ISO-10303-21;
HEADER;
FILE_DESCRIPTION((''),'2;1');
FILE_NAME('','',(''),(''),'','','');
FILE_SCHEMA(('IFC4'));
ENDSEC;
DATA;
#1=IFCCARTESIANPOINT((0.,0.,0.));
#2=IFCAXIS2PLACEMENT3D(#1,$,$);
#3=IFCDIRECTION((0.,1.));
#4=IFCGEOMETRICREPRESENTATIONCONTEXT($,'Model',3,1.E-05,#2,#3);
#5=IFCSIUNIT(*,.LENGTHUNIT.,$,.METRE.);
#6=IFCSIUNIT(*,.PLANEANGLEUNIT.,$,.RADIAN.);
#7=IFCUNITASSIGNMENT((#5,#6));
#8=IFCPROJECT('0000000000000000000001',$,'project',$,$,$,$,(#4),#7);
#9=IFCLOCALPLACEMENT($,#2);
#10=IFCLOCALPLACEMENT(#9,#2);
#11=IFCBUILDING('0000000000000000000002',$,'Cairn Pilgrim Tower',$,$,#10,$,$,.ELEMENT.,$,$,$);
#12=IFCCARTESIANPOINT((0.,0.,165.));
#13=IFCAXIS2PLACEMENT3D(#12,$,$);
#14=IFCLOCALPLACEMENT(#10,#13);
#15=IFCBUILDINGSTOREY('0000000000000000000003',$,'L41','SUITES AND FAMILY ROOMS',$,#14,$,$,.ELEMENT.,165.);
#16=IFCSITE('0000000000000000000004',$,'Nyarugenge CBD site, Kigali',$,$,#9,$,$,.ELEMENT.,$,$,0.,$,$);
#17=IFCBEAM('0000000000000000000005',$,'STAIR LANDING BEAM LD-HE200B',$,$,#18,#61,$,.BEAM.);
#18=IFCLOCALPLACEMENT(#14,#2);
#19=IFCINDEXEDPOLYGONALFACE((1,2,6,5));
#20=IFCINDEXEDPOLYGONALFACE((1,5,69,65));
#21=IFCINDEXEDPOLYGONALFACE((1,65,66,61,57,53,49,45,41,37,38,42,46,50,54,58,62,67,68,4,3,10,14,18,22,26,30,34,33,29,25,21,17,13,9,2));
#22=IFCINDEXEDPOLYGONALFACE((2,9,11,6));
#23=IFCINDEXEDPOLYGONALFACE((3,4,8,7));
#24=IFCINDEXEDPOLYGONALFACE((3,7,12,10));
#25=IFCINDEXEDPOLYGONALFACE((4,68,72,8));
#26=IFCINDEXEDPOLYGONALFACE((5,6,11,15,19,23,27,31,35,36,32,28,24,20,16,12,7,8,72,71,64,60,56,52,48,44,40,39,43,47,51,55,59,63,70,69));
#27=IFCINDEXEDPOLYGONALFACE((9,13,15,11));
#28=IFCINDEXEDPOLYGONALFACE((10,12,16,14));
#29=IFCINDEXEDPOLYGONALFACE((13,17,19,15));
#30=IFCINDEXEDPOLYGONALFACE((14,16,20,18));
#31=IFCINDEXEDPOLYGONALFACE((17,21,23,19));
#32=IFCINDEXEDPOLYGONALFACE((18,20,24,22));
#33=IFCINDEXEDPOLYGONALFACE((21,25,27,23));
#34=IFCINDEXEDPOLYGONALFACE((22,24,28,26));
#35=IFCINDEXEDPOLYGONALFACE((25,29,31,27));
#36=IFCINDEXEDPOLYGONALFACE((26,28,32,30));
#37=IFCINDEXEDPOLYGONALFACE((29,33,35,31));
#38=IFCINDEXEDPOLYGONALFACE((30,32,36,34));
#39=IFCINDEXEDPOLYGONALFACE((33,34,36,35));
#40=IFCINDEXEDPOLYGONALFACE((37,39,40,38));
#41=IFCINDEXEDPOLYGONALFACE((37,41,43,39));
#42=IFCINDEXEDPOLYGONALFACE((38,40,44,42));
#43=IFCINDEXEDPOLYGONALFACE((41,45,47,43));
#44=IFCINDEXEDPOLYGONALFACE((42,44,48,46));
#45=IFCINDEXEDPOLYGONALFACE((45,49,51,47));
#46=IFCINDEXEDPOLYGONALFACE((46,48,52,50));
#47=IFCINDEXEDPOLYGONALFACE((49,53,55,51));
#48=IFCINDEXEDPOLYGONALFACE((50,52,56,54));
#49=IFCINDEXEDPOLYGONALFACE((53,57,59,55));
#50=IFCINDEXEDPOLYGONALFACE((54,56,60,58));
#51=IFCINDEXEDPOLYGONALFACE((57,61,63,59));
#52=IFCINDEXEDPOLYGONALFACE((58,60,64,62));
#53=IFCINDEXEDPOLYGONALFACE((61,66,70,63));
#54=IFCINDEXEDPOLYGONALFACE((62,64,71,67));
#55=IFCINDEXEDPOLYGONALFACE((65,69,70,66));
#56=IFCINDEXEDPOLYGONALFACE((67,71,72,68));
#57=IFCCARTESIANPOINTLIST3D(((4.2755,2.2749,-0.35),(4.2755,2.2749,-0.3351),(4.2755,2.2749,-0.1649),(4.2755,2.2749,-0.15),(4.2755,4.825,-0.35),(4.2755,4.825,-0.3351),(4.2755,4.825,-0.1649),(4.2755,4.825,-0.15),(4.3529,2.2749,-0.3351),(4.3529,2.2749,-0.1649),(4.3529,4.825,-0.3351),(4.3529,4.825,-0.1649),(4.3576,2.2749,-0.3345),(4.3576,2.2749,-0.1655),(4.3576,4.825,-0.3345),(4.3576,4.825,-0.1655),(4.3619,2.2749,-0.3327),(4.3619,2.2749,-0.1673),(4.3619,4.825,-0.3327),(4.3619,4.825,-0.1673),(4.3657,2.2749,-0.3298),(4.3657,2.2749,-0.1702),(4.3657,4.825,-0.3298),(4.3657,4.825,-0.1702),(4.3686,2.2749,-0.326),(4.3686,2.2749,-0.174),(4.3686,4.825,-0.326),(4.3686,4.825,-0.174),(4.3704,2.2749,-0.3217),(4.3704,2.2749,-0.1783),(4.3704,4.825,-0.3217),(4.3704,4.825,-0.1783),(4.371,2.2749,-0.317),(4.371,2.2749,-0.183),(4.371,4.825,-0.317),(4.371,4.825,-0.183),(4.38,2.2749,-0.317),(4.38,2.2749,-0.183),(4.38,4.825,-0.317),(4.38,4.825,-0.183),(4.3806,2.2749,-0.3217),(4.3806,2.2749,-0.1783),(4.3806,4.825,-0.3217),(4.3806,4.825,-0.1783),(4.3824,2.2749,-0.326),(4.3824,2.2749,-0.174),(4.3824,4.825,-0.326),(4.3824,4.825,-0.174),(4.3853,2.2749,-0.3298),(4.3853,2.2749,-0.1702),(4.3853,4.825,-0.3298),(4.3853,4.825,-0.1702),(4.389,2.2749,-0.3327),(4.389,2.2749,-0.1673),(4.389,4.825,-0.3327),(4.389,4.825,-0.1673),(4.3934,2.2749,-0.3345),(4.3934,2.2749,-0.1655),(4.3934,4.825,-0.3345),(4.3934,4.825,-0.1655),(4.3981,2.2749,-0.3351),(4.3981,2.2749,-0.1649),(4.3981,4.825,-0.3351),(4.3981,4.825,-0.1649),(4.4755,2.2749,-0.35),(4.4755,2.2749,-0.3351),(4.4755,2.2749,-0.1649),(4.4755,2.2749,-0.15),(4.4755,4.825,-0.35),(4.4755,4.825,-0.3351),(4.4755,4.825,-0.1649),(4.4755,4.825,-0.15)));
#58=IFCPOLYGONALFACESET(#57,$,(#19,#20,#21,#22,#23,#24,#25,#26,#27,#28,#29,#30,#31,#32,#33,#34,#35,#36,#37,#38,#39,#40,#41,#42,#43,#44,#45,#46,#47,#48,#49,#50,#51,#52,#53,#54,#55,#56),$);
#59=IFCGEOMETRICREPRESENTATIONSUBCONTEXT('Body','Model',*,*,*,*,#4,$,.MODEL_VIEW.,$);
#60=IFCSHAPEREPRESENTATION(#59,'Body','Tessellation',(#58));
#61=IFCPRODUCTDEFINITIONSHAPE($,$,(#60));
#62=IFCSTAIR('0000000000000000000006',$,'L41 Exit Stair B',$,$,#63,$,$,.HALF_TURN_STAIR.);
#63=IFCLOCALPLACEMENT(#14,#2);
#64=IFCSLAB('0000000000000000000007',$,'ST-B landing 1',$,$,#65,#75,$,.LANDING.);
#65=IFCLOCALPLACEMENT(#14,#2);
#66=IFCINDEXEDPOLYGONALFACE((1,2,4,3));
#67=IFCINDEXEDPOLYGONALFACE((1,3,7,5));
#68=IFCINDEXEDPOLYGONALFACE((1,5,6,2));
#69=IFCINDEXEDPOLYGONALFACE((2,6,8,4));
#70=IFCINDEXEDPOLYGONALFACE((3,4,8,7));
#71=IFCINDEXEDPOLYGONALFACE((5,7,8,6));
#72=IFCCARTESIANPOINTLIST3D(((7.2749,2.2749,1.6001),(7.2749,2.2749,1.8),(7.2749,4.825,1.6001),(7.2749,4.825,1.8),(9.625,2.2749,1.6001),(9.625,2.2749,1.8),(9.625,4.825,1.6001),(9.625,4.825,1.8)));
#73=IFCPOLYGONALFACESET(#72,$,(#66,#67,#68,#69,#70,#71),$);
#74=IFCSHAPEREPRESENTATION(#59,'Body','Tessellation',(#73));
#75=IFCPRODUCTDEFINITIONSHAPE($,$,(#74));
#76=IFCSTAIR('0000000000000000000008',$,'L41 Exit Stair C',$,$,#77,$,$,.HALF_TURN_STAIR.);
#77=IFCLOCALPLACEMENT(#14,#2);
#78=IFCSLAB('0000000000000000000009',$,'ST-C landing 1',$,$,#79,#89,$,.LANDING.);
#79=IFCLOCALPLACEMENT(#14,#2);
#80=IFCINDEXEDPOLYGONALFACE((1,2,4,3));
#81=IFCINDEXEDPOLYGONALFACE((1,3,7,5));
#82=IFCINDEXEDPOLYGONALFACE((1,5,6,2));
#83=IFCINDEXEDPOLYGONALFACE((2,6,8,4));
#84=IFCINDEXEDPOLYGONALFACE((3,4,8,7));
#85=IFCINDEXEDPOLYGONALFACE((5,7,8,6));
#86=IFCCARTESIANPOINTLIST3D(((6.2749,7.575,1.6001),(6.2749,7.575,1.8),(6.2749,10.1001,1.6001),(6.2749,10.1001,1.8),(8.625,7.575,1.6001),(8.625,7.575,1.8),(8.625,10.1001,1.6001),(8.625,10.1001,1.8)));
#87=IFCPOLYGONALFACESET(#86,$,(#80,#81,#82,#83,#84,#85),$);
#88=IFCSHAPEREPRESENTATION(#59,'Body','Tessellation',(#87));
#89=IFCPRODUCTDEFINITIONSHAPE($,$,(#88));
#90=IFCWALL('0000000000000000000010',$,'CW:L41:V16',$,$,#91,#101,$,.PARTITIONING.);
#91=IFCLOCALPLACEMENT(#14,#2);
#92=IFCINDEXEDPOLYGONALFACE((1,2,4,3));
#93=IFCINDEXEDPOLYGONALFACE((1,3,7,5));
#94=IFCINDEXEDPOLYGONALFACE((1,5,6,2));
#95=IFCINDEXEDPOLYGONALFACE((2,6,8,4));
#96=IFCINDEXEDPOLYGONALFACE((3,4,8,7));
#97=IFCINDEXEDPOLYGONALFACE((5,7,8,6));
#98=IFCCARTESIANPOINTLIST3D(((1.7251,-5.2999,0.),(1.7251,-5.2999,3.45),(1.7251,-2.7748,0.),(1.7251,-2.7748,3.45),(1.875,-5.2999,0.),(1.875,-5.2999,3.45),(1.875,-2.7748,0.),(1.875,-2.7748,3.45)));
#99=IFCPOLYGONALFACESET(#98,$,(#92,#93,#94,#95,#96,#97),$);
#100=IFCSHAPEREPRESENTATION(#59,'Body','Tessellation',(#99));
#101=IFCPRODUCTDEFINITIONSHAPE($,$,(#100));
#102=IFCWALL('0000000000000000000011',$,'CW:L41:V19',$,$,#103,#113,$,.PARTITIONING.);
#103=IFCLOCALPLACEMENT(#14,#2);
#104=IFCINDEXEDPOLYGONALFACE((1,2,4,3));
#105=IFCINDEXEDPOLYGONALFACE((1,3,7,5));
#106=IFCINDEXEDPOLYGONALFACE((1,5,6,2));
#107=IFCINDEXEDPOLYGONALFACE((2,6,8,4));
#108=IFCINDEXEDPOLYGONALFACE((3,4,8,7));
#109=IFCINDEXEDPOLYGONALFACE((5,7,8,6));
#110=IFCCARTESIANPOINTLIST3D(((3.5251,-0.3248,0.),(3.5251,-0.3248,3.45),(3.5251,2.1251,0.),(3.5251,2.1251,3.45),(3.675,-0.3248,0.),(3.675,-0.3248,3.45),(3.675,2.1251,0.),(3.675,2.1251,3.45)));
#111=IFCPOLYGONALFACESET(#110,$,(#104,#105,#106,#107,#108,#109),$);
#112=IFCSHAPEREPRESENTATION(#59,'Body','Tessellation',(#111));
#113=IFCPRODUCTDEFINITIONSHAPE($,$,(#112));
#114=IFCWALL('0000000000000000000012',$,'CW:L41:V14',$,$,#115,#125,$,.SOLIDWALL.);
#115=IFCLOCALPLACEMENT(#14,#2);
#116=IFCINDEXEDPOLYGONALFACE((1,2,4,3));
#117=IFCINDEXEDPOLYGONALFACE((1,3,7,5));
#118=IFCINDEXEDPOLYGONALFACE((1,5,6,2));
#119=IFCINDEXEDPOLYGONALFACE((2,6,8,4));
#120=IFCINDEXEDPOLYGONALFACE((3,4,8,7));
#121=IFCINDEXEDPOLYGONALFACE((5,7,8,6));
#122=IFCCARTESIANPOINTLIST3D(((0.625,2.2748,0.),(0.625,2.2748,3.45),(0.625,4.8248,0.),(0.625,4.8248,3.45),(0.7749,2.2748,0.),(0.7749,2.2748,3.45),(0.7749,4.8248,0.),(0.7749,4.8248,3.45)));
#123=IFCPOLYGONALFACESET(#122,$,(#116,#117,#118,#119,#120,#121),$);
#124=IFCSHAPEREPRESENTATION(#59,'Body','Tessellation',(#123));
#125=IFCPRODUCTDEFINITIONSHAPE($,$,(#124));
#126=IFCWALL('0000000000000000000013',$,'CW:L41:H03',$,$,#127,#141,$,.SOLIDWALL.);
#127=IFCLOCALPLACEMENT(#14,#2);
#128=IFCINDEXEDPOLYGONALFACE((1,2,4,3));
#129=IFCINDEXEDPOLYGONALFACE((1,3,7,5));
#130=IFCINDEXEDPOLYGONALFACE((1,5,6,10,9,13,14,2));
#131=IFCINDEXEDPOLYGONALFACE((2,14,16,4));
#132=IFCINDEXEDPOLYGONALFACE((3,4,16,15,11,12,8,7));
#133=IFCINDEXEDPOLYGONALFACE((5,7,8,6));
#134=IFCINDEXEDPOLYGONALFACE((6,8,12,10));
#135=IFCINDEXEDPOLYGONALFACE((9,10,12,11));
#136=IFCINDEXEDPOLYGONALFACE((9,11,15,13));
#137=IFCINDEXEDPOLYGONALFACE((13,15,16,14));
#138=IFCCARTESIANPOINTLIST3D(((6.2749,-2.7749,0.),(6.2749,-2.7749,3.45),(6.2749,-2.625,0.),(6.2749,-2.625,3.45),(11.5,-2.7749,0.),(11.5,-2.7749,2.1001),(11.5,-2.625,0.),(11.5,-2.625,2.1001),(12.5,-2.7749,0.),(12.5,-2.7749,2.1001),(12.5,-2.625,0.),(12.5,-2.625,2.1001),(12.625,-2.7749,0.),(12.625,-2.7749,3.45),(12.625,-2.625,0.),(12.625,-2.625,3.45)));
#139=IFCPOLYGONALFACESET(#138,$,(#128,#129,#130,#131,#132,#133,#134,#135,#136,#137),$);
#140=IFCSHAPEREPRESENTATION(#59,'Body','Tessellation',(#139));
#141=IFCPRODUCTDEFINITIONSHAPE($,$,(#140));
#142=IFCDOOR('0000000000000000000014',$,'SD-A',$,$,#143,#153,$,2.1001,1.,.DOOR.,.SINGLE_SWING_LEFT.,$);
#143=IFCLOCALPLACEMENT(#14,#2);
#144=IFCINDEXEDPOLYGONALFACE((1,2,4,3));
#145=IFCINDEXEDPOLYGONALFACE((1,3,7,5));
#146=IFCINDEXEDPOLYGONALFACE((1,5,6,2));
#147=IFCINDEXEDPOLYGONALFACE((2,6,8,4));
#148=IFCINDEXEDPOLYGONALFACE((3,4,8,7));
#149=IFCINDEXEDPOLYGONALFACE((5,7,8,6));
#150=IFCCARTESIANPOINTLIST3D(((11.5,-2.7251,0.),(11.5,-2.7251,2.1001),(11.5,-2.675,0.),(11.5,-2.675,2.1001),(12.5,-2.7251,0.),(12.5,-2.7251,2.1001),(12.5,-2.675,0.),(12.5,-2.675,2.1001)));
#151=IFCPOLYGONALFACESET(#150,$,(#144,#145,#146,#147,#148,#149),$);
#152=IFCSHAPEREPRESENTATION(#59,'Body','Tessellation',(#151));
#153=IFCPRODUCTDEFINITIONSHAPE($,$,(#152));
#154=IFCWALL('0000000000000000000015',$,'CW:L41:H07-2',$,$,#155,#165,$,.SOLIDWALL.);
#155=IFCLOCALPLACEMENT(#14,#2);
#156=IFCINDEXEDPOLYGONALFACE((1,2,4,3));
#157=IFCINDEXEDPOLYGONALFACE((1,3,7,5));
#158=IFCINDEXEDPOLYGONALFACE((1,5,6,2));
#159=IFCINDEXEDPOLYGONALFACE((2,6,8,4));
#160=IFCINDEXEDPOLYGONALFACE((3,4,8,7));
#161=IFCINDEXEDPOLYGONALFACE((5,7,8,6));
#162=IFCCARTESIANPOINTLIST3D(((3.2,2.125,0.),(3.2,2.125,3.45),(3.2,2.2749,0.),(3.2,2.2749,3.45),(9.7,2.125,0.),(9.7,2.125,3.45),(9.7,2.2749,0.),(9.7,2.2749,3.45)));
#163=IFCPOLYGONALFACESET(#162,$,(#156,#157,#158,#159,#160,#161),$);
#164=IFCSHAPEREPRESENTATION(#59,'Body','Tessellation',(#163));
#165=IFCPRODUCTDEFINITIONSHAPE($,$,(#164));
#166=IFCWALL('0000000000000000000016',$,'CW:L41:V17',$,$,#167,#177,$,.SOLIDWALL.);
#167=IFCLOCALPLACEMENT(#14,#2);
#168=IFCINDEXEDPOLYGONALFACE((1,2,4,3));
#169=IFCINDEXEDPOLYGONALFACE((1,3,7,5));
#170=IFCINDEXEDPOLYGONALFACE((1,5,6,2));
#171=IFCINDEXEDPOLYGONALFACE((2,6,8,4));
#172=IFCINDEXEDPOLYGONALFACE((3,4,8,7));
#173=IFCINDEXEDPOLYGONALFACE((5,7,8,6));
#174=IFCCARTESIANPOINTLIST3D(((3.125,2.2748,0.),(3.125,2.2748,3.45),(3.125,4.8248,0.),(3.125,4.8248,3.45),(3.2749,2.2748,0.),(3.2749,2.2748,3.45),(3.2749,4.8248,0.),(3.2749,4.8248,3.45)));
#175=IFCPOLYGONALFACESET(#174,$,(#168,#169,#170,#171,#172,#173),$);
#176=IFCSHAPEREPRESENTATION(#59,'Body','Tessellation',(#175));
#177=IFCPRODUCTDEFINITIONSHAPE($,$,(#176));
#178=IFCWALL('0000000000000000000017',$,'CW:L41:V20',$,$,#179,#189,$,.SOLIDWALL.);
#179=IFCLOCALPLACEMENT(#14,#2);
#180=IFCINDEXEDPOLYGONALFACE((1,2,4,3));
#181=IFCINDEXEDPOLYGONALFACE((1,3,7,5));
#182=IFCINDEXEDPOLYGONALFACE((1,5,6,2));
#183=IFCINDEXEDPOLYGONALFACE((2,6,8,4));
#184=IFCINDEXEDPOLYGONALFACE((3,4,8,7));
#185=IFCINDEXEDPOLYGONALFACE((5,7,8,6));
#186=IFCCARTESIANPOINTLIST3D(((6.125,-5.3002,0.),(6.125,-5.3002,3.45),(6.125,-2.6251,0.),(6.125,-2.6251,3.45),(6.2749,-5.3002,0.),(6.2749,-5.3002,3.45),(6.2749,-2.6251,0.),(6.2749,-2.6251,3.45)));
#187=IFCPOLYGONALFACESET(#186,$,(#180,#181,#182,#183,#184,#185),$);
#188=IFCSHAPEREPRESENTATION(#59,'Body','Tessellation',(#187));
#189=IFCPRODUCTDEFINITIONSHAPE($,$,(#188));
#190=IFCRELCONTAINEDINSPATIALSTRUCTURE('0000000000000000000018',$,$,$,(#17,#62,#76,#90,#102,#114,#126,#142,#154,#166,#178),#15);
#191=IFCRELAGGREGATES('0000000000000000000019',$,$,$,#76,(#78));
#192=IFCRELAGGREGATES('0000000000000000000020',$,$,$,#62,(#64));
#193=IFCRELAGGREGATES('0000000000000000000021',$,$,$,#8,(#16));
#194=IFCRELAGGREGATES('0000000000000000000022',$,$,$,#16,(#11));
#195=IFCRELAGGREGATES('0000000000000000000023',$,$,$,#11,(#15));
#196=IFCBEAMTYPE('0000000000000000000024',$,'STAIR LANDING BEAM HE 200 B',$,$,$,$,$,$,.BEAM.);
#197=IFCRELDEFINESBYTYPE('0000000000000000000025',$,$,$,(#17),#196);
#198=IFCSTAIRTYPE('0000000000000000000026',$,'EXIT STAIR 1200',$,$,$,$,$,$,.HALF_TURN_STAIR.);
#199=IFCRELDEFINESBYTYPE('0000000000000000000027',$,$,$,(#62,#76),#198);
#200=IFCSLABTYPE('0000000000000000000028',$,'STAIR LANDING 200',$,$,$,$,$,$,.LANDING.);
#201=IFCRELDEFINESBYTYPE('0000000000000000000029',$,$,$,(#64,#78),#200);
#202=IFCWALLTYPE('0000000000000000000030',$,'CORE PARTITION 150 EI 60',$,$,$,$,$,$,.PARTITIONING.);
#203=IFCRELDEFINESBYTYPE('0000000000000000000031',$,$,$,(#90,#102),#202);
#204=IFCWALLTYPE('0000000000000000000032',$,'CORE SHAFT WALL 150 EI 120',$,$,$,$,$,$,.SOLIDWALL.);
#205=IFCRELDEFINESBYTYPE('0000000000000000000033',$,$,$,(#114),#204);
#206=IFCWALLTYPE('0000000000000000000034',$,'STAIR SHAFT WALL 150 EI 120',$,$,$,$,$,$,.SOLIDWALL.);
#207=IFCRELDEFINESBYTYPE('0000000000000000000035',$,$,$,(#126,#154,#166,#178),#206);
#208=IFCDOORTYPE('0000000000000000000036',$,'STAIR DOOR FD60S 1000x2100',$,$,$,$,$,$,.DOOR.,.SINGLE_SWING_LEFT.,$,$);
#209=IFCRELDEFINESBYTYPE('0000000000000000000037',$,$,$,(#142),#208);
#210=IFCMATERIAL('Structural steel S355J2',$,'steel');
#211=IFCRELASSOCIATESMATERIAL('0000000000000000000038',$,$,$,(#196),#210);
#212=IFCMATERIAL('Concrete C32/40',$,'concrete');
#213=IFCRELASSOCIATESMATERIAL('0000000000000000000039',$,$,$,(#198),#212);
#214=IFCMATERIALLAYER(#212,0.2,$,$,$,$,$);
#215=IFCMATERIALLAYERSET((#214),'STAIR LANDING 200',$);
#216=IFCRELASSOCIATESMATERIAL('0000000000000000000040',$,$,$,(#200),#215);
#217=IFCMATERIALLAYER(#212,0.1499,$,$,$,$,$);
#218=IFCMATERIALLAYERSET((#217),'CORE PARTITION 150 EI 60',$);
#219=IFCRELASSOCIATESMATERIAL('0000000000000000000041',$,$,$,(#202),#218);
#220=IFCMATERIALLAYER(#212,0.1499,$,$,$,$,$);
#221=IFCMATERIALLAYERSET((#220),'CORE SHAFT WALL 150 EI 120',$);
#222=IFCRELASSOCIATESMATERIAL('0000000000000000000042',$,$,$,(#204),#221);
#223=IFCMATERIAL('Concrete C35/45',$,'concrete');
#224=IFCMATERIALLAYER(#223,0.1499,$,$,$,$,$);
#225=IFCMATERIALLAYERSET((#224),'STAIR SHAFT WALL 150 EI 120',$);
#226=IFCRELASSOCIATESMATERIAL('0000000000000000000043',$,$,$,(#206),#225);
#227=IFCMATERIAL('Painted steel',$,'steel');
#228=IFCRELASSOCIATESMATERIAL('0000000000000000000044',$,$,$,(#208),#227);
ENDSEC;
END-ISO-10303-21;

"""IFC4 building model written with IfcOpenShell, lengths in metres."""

from ifc_helpers import new_model, si_unit, direction, frame, frame_2d, origin, origin_2d, place, context, subcontext, project, spatial, polyline, rectangle, i_section, outline, extrude, material, layer, layer_set, material_profile, profile_set, type_object, element, fill, aggregate, save


model = new_model("IFC4")

# Units and contexts
model_context = context("Model", 3, precision=1e-05, world=origin(), true_north=direction((0.0, 1.0)))
body_context = subcontext(model_context, "Body", "Model", "MODEL_VIEW")
ifc_project = project(units=[si_unit("LENGTHUNIT", "METRE"), si_unit("PLANEANGLEUNIT", "RADIAN")], contexts=[model_context])

# Site, building, storey
site_placement = place(None, origin())
site = spatial("IfcSite", under=ifc_project, at=site_placement, Name="Nyarugenge CBD site, Kigali", CompositionType="ELEMENT", RefElevation=0.0)
building_placement = place(site_placement, origin())
building = spatial("IfcBuilding", under=site, at=building_placement, Name="Cairn Pilgrim Tower", CompositionType="ELEMENT")
storey_placement = place(building_placement, frame((0.0, 0.0, 165.0)))
storey = spatial("IfcBuildingStorey", under=building, at=storey_placement, Name="L41", Description="SUITES AND FAMILY ROOMS", CompositionType="ELEMENT", Elevation=165.0)

# Beam
ifc_material_1 = material(Name="Structural steel S355J2", Category="steel")
ifc_material_profile = material_profile(ifc_material_1, i_section(OverallWidth=0.2, OverallDepth=0.2, WebThickness=0.009, FlangeThickness=0.0149, FilletRadius=0.0181, at=origin_2d()), Name="HE 200 B")
ifc_profile_set = profile_set([ifc_material_profile], Name="Structural steel S355J2")
beam_type = type_object("IfcBeamType", Name="STAIR LANDING BEAM HE 200 B", PredefinedType="BEAM", material=ifc_profile_set)
beam_placement = place(storey_placement, frame((4.3755, 2.2749, -0.25), z_axis=(0.0, 1.0, 0.0), x_axis=(-1.0, 0.0, 0.0)))
element("IfcBeam", 1, at=beam_placement, inside=storey, type_object=beam_type, Name="STAIR LANDING BEAM LD-HE200B", PredefinedType="BEAM", context=body_context, shape_type="SweptSolid", body=[
    extrude(i_section(OverallWidth=0.2, OverallDepth=0.2, WebThickness=0.009, FlangeThickness=0.0149, FilletRadius=0.0181, at=origin_2d()), origin(), (0.0, 0.0, 1.0), 2.55),
])

# Stairs, slabs
ifc_material_2 = material(Name="Concrete C32/40", Category="concrete")
stair_type = type_object("IfcStairType", Name="EXIT STAIR 1200", PredefinedType="HALF_TURN_STAIR", material=ifc_material_2)
stair_1_placement = place(storey_placement, origin())
stair_1 = element("IfcStair", 2, at=stair_1_placement, inside=storey, type_object=stair_type, Name="L41 Exit Stair B", PredefinedType="HALF_TURN_STAIR")
ifc_layer_1 = layer(ifc_material_2, 0.2)
ifc_layer_set_1 = layer_set([ifc_layer_1], Name="STAIR LANDING 200")
slab_type = type_object("IfcSlabType", Name="STAIR LANDING 200", PredefinedType="LANDING", material=ifc_layer_set_1)
slab_1_placement = place(storey_placement, frame((0.0, 0.0, 1.6001)))
slab_1 = element("IfcSlab", 3, at=slab_1_placement, type_object=slab_type, Name="ST-B landing 1", PredefinedType="LANDING", context=body_context, shape_type="SweptSolid", body=[
    extrude(outline(polyline([(7.2749, 2.2749), (9.625, 2.2749), (9.625, 4.825), (7.2749, 4.825), (7.2749, 2.2749)])), origin(), (0.0, 0.0, 1.0), 0.2),
])
stair_2_placement = place(storey_placement, origin())
stair_2 = element("IfcStair", 4, at=stair_2_placement, inside=storey, type_object=stair_type, Name="L41 Exit Stair C", PredefinedType="HALF_TURN_STAIR")
slab_2_placement = place(storey_placement, frame((0.0, 0.0, 1.6001)))
slab_2 = element("IfcSlab", 5, at=slab_2_placement, type_object=slab_type, Name="ST-C landing 1", PredefinedType="LANDING", context=body_context, shape_type="SweptSolid", body=[
    extrude(outline(polyline([(8.625, 10.1001), (6.2749, 10.1001), (6.2749, 7.575), (8.625, 7.575), (8.625, 10.1001)])), origin(), (0.0, 0.0, 1.0), 0.2),
])
aggregate(stair_2, [slab_2])

# Walls
ifc_layer_2 = layer(ifc_material_2, 0.1499)
ifc_layer_set_2 = layer_set([ifc_layer_2], Name="CORE PARTITION 150 EI 60")
wall_type_1 = type_object("IfcWallType", Name="CORE PARTITION 150 EI 60", PredefinedType="PARTITIONING", material=ifc_layer_set_2)
wall_1_placement = place(storey_placement, frame((1.8, -5.3, 0.0), z_axis=(0.0, 0.0, 1.0), x_axis=(0.0, 1.0, 0.0)))
element("IfcWall", 6, at=wall_1_placement, inside=storey, type_object=wall_type_1, Name="CW:L41:V16", PredefinedType="PARTITIONING", context=body_context, shape_type="SweptSolid", body=[
    extrude(rectangle(XDim=2.5251, YDim=0.1499, at=frame_2d((1.2627, 0.0))), origin(), (0.0, 0.0, 1.0), 3.45),
])
wall_2_placement = place(storey_placement, frame((3.6001, -0.325, 0.0), z_axis=(0.0, 0.0, 1.0), x_axis=(0.0, 1.0, 0.0)))
element("IfcWall", 7, at=wall_2_placement, inside=storey, type_object=wall_type_1, Name="CW:L41:V19", PredefinedType="PARTITIONING", context=body_context, shape_type="SweptSolid", body=[
    extrude(rectangle(XDim=2.45, YDim=0.1499, at=frame_2d((1.2251, 0.0))), origin(), (0.0, 0.0, 1.0), 3.45),
])
ifc_layer_3 = layer(ifc_material_2, 0.1499)
ifc_layer_set_3 = layer_set([ifc_layer_3], Name="CORE SHAFT WALL 150 EI 120")
wall_type_2 = type_object("IfcWallType", Name="CORE SHAFT WALL 150 EI 120", PredefinedType="SOLIDWALL", material=ifc_layer_set_3)
wall_3_placement = place(storey_placement, frame((0.7, 2.2749, 0.0), z_axis=(0.0, 0.0, 1.0), x_axis=(0.0, 1.0, 0.0)))
element("IfcWall", 8, at=wall_3_placement, inside=storey, type_object=wall_type_2, Name="CW:L41:V14", PredefinedType="SOLIDWALL", context=body_context, shape_type="SweptSolid", body=[
    extrude(rectangle(XDim=2.55, YDim=0.1499, at=frame_2d((1.2749, 0.0))), origin(), (0.0, 0.0, 1.0), 3.45),
])

# Wall, opening, door
ifc_material_3 = material(Name="Concrete C35/45", Category="concrete")
ifc_layer_4 = layer(ifc_material_3, 0.1499)
ifc_layer_set_4 = layer_set([ifc_layer_4], Name="STAIR SHAFT WALL 150 EI 120")
wall_type_3 = type_object("IfcWallType", Name="STAIR SHAFT WALL 150 EI 120", PredefinedType="SOLIDWALL", material=ifc_layer_set_4)
wall_4_placement = place(storey_placement, frame((6.2749, -2.7, 0.0), z_axis=(0.0, 0.0, 1.0), x_axis=(1.0, 0.0, 0.0)))
wall_4 = element("IfcWall", 9, at=wall_4_placement, inside=storey, type_object=wall_type_3, Name="CW:L41:H03", PredefinedType="SOLIDWALL", context=body_context, shape_type="SweptSolid", body=[
    extrude(rectangle(XDim=6.3501, YDim=0.1499, at=frame_2d((3.175, 0.0))), origin(), (0.0, 0.0, 1.0), 3.45),
])
opening_placement = place(wall_4_placement, frame((5.2251, 0.0, 0.0)))
opening = element("IfcOpeningElement", 10, at=opening_placement, cuts=wall_4, PredefinedType="OPENING", context=body_context, shape_type="SweptSolid", body=[
    extrude(rectangle(XDim=1.0, YDim=2.1001, at=frame_2d((0.5, 1.05))), frame((0.0, 0.085, 0.0), z_axis=(0.0, -1.0, 0.0), x_axis=(1.0, 0.0, 0.0)), (0.0, 0.0, 1.0), 0.1699),
])
ifc_material_4 = material(Name="Painted steel", Category="steel")
door_type = type_object("IfcDoorType", Name="STAIR DOOR FD60S 1000x2100", OperationType="SINGLE_SWING_LEFT", PredefinedType="DOOR", material=ifc_material_4)
door_placement = place(opening_placement, origin())
door = element("IfcDoor", 11, at=door_placement, inside=storey, type_object=door_type, Name="SD-A", OperationType="SINGLE_SWING_LEFT", OverallHeight=2.1001, OverallWidth=1.0, PredefinedType="DOOR", context=body_context, shape_type="SweptSolid", body=[
    extrude(rectangle(XDim=1.0, YDim=2.1001, at=frame_2d((0.5, 1.05))), frame((0.0, 0.0249, 0.0), z_axis=(0.0, -1.0, 0.0), x_axis=(1.0, 0.0, 0.0)), (0.0, 0.0, 1.0), 0.05),
])
fill(opening, door)

# Walls
wall_5_placement = place(storey_placement, frame((3.2, 2.2, 0.0), z_axis=(0.0, 0.0, 1.0), x_axis=(1.0, 0.0, 0.0)))
element("IfcWall", 12, at=wall_5_placement, inside=storey, type_object=wall_type_3, Name="CW:L41:H07-2", PredefinedType="SOLIDWALL", context=body_context, shape_type="SweptSolid", body=[
    extrude(rectangle(XDim=6.5, YDim=0.1499, at=frame_2d((3.25, 0.0))), origin(), (0.0, 0.0, 1.0), 3.45),
])
wall_6_placement = place(storey_placement, frame((3.2, 2.2749, 0.0), z_axis=(0.0, 0.0, 1.0), x_axis=(0.0, 1.0, 0.0)))
element("IfcWall", 13, at=wall_6_placement, inside=storey, type_object=wall_type_3, Name="CW:L41:V17", PredefinedType="SOLIDWALL", context=body_context, shape_type="SweptSolid", body=[
    extrude(rectangle(XDim=2.55, YDim=0.1499, at=frame_2d((1.2749, 0.0))), origin(), (0.0, 0.0, 1.0), 3.45),
])
wall_7_placement = place(storey_placement, frame((6.2, -5.3, 0.0), z_axis=(0.0, 0.0, 1.0), x_axis=(0.0, 1.0, 0.0)))
element("IfcWall", 14, at=wall_7_placement, inside=storey, type_object=wall_type_3, Name="CW:L41:V20", PredefinedType="SOLIDWALL", context=body_context, shape_type="SweptSolid", body=[
    extrude(rectangle(XDim=2.675, YDim=0.1499, at=frame_2d((1.3374, 0.0))), origin(), (0.0, 0.0, 1.0), 3.45),
])

aggregate(stair_1, [slab_1])

save(model, "model.ifc")
